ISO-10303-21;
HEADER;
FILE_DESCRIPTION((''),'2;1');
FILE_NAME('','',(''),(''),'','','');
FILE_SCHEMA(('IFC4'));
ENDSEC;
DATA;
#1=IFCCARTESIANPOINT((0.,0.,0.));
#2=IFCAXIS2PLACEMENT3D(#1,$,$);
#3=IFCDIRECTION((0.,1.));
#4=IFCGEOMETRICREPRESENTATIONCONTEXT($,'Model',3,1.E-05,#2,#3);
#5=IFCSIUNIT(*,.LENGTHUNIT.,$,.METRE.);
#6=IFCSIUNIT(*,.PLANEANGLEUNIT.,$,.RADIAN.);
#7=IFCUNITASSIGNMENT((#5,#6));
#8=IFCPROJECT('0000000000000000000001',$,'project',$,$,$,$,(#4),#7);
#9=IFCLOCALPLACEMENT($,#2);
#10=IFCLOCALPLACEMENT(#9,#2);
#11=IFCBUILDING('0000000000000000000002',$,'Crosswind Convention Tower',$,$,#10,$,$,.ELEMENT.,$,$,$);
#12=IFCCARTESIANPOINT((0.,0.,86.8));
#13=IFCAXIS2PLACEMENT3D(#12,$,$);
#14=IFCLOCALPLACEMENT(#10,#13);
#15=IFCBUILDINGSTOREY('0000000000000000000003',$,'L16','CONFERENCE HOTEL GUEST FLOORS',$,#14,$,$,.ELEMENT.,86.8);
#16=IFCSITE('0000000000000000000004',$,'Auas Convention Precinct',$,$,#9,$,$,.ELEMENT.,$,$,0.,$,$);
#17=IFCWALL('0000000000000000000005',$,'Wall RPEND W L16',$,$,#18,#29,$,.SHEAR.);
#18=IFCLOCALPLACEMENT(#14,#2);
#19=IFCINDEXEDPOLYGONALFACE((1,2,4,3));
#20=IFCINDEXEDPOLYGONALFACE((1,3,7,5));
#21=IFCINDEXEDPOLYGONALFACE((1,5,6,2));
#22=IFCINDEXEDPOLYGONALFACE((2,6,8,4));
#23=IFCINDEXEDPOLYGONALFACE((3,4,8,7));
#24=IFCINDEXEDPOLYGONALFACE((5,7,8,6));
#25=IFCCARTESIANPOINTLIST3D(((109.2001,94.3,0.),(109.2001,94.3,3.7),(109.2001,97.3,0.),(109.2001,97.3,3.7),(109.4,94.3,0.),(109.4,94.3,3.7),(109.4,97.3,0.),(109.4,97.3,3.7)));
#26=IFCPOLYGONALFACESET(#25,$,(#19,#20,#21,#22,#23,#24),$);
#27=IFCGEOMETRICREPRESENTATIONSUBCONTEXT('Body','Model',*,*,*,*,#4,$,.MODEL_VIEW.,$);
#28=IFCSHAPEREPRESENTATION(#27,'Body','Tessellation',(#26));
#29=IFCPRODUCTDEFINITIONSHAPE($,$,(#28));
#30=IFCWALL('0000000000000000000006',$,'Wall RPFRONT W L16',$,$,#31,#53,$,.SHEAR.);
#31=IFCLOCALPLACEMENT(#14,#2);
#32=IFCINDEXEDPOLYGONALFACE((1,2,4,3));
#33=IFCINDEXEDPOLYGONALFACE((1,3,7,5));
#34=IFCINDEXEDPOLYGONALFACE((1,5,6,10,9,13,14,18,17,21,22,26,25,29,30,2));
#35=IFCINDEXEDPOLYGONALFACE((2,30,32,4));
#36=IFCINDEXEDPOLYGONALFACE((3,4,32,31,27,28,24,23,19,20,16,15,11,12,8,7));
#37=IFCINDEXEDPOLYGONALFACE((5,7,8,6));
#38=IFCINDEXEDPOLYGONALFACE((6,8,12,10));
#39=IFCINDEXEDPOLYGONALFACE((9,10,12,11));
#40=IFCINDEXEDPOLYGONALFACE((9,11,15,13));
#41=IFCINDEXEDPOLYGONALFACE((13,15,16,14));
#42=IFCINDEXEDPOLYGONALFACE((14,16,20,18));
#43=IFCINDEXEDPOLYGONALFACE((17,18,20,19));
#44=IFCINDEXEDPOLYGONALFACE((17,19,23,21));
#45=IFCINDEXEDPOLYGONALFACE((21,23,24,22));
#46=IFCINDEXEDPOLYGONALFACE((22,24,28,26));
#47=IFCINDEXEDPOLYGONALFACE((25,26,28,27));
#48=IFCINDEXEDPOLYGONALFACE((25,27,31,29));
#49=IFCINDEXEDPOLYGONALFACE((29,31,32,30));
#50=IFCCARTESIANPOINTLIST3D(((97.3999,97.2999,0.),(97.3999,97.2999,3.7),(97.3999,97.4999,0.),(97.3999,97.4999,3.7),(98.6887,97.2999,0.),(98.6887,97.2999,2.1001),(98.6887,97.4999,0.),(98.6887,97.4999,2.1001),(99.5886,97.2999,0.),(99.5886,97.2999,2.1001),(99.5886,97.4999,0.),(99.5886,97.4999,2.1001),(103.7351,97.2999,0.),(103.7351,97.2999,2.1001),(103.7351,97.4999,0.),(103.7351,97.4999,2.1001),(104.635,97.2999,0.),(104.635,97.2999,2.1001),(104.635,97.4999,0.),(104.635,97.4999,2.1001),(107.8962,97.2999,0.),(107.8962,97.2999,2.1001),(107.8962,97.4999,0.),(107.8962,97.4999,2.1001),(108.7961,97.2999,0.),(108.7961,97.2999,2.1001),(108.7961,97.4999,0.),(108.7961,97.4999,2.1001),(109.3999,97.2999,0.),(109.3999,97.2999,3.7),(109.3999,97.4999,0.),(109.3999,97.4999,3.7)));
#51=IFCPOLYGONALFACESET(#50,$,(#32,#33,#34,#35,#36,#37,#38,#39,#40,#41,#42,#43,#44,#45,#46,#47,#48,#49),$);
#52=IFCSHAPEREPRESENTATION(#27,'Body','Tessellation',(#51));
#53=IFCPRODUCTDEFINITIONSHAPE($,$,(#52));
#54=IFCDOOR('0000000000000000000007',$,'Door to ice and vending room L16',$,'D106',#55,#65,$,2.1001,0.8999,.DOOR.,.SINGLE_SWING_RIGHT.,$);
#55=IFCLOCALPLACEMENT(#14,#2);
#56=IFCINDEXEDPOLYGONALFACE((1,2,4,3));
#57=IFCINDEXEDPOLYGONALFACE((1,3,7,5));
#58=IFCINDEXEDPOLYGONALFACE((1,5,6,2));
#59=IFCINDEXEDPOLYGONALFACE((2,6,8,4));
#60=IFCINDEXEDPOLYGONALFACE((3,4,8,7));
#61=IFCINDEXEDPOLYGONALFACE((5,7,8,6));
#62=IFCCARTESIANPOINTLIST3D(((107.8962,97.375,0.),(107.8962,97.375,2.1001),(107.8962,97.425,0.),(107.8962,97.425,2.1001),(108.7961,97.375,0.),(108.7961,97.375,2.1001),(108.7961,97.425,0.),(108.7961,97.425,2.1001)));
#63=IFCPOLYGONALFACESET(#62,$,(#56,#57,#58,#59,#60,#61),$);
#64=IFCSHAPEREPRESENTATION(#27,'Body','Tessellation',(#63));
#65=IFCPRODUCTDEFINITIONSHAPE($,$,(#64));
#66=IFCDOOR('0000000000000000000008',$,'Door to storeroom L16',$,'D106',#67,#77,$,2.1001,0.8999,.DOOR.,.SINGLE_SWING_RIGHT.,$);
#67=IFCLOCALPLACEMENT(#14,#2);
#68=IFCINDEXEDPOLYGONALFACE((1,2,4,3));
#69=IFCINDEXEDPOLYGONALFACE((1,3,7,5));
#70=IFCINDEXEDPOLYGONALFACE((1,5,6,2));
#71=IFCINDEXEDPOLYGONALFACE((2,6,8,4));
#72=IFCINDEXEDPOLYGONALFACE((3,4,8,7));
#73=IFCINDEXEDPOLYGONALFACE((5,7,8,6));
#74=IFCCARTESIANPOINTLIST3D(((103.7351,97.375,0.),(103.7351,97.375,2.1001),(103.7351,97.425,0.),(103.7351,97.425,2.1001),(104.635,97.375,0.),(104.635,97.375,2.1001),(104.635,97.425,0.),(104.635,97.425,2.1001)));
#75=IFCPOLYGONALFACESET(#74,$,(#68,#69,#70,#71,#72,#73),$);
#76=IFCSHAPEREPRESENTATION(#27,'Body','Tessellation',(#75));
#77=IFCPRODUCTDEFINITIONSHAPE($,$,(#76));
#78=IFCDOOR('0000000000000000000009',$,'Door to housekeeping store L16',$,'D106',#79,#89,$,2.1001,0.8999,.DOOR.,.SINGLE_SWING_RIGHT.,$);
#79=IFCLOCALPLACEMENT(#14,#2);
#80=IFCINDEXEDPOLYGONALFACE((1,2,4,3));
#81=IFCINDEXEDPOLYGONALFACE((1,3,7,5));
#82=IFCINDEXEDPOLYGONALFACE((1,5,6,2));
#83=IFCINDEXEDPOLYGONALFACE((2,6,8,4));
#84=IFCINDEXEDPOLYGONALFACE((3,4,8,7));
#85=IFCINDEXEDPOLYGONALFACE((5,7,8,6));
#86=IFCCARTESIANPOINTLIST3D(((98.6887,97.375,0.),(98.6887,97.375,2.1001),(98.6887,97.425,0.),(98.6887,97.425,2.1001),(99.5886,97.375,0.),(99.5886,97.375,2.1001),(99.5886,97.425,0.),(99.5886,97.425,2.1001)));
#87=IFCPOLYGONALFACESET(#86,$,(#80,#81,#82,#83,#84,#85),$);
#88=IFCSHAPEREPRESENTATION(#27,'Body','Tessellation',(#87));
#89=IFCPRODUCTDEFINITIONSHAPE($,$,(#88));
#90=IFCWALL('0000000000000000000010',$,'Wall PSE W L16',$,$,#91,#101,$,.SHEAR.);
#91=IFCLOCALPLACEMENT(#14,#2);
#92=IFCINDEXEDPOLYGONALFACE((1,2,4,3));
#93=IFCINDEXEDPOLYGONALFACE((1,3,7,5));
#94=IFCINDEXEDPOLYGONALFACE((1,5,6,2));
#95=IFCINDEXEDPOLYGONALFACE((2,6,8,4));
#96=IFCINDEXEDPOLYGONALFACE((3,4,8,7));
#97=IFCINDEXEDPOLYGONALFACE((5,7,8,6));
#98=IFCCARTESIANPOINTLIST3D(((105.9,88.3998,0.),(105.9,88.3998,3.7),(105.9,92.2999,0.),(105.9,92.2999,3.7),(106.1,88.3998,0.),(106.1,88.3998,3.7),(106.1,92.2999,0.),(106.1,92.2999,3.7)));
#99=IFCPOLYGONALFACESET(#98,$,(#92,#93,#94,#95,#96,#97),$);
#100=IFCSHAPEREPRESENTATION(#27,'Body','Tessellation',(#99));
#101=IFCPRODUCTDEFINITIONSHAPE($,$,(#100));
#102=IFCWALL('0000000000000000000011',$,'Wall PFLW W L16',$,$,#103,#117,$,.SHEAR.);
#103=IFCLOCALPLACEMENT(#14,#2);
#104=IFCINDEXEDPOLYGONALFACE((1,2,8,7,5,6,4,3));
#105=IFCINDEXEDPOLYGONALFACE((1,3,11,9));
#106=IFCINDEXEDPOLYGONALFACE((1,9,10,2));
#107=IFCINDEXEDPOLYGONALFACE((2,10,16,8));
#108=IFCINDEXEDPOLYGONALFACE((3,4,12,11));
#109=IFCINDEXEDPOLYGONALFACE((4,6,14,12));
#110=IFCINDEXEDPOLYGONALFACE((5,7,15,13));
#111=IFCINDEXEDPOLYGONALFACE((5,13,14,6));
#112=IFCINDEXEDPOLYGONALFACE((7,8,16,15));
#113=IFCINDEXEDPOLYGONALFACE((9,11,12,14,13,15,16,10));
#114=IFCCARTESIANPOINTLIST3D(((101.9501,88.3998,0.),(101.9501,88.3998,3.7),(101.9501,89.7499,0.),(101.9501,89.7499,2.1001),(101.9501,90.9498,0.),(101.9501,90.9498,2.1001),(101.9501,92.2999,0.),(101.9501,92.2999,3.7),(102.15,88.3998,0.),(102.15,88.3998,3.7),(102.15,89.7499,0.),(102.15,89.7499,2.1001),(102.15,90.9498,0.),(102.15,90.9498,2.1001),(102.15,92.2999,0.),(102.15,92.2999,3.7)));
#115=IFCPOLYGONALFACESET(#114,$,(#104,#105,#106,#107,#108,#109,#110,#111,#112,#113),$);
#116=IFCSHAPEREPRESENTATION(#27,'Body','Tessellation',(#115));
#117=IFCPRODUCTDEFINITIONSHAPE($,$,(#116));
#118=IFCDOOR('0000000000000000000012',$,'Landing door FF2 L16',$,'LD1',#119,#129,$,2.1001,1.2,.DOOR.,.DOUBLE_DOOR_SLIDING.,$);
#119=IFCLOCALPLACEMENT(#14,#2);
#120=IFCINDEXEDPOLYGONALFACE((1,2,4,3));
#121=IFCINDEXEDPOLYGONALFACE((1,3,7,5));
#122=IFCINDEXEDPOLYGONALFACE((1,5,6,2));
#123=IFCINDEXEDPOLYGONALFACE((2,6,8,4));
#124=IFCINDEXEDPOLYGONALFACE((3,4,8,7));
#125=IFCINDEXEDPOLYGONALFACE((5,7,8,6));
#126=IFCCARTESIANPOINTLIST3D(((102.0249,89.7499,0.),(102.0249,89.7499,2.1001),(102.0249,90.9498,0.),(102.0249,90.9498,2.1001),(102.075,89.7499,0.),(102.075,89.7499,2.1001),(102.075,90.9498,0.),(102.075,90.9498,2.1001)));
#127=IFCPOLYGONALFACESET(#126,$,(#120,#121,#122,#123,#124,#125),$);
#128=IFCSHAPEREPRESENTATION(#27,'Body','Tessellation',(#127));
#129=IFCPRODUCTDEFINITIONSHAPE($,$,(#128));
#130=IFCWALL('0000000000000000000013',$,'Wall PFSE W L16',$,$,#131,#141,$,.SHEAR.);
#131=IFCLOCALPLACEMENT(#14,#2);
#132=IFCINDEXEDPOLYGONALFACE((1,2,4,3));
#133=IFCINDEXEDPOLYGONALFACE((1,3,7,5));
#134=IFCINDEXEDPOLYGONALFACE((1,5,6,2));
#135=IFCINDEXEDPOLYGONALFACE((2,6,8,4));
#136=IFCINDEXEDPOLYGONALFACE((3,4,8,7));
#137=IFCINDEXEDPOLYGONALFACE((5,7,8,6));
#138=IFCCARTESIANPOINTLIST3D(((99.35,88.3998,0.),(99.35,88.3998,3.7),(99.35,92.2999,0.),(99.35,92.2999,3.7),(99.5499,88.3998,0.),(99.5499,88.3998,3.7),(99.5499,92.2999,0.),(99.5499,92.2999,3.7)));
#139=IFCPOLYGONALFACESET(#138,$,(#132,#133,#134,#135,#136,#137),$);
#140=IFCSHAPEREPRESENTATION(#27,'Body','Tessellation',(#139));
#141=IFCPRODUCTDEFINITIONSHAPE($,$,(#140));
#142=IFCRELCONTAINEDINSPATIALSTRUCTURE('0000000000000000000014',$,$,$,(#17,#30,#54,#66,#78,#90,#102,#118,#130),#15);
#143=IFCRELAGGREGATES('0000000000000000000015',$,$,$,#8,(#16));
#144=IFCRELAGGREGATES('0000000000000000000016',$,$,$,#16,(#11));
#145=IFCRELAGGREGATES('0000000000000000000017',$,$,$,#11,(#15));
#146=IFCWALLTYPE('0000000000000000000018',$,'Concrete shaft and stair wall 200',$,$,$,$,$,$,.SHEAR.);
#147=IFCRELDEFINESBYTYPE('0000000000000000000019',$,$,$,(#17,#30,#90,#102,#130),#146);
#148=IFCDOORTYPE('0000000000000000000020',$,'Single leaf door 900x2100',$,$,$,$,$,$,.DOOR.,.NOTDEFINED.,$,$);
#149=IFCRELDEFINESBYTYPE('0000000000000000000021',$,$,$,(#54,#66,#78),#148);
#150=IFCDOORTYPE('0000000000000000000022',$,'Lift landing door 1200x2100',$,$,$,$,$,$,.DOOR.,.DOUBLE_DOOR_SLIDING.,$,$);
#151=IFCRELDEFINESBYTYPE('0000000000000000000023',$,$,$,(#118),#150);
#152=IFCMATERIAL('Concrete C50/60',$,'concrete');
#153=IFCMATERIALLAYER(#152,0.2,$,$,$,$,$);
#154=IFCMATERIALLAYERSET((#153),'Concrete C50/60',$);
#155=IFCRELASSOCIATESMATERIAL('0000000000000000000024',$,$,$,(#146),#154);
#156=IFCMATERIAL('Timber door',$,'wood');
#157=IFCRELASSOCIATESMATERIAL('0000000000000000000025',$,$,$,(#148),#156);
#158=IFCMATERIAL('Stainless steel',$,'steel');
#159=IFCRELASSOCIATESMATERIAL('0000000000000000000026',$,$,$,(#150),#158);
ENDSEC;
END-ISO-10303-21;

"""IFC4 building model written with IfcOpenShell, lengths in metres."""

from ifc_helpers import new_model, si_unit, direction, frame, frame_2d, origin, place, context, subcontext, project, spatial, rectangle, extrude, material, layer, layer_set, type_object, element, fill, save


model = new_model("IFC4")

# Units and contexts
model_context = context("Model", 3, precision=1e-05, world=origin(), true_north=direction((0.0, 1.0)))
body_context = subcontext(model_context, "Body", "Model", "MODEL_VIEW")
ifc_project = project(units=[si_unit("LENGTHUNIT", "METRE"), si_unit("PLANEANGLEUNIT", "RADIAN")], contexts=[model_context])

# Site, building, storey
site_placement = place(None, origin())
site = spatial("IfcSite", under=ifc_project, at=site_placement, Name="Auas Convention Precinct", CompositionType="ELEMENT", RefElevation=0.0)
building_placement = place(site_placement, origin())
building = spatial("IfcBuilding", under=site, at=building_placement, Name="Crosswind Convention Tower", CompositionType="ELEMENT")
storey_placement = place(building_placement, frame((0.0, 0.0, 86.8)))
storey = spatial("IfcBuildingStorey", under=building, at=storey_placement, Name="L16", Description="CONFERENCE HOTEL GUEST FLOORS", CompositionType="ELEMENT", Elevation=86.8)

# Wall
ifc_material_1 = material(Name="Concrete C50/60", Category="concrete")
ifc_layer_1 = layer(ifc_material_1, 0.2)
ifc_layer_set_1 = layer_set([ifc_layer_1], Name="Concrete C50/60")
wall_type_1 = type_object("IfcWallType", Name="Concrete shaft and stair wall 200", PredefinedType="SHEAR", material=ifc_layer_set_1)
wall_1_placement = place(storey_placement, frame((109.3, 97.3, 0.0), z_axis=(0.0, 0.0, 1.0), x_axis=(0.0, -1.0, 0.0)))
element("IfcWall", 1, at=wall_1_placement, inside=storey, type_object=wall_type_1, Name="Wall RPEND W L16", PredefinedType="SHEAR", context=body_context, shape_type="SweptSolid", body=[
    extrude(rectangle(XDim=3.0, YDim=0.2, at=frame_2d((1.5, 0.0))), origin(), (0.0, 0.0, 1.0), 3.7),
])

# Wall, openings, doors
wall_2_placement = place(storey_placement, frame((109.3999, 97.3999, 0.0), z_axis=(0.0, 0.0, 1.0), x_axis=(-1.0, 0.0, 0.0)))
wall_2 = element("IfcWall", 2, at=wall_2_placement, inside=storey, type_object=wall_type_1, Name="Wall RPFRONT W L16", PredefinedType="SHEAR", context=body_context, shape_type="SweptSolid", body=[
    extrude(rectangle(XDim=12.0, YDim=0.2, at=frame_2d((6.0, 0.0))), origin(), (0.0, 0.0, 1.0), 3.7),
])
opening_1_placement = place(wall_2_placement, frame((0.6038, 0.0, 0.0)))
opening_1 = element("IfcOpeningElement", 3, at=opening_1_placement, cuts=wall_2, PredefinedType="OPENING", context=body_context, shape_type="SweptSolid", body=[
    extrude(rectangle(XDim=0.8999, YDim=2.1001, at=frame_2d((0.45, 1.05))), frame((0.0, 0.1099, 0.0), z_axis=(0.0, -1.0, 0.0), x_axis=(1.0, 0.0, 0.0)), (0.0, 0.0, 1.0), 0.22),
])
opening_2_placement = place(wall_2_placement, frame((4.7649, 0.0, 0.0)))
opening_2 = element("IfcOpeningElement", 4, at=opening_2_placement, cuts=wall_2, PredefinedType="OPENING", context=body_context, shape_type="SweptSolid", body=[
    extrude(rectangle(XDim=0.8999, YDim=2.1001, at=frame_2d((0.45, 1.05))), frame((0.0, 0.1099, 0.0), z_axis=(0.0, -1.0, 0.0), x_axis=(1.0, 0.0, 0.0)), (0.0, 0.0, 1.0), 0.22),
])
opening_3_placement = place(wall_2_placement, frame((9.8113, 0.0, 0.0)))
opening_3 = element("IfcOpeningElement", 5, at=opening_3_placement, cuts=wall_2, PredefinedType="OPENING", context=body_context, shape_type="SweptSolid", body=[
    extrude(rectangle(XDim=0.8999, YDim=2.1001, at=frame_2d((0.45, 1.05))), frame((0.0, 0.1099, 0.0), z_axis=(0.0, -1.0, 0.0), x_axis=(1.0, 0.0, 0.0)), (0.0, 0.0, 1.0), 0.22),
])
ifc_material_2 = material(Name="Timber door", Category="wood")
door_type_1 = type_object("IfcDoorType", Name="Single leaf door 900x2100", OperationType="NOTDEFINED", PredefinedType="DOOR", material=ifc_material_2)
door_1_placement = place(opening_1_placement, origin())
door_1 = element("IfcDoor", 6, at=door_1_placement, inside=storey, type_object=door_type_1, Name="Door to ice and vending room L16", ObjectType="D106", OperationType="SINGLE_SWING_RIGHT", OverallHeight=2.1001, OverallWidth=0.8999, PredefinedType="DOOR", context=body_context, shape_type="SweptSolid", body=[
    extrude(rectangle(XDim=0.8999, YDim=2.1001, at=frame_2d((0.45, 1.05))), frame((0.0, 0.0249, 0.0), z_axis=(0.0, -1.0, 0.0), x_axis=(1.0, 0.0, 0.0)), (0.0, 0.0, 1.0), 0.05),
])
fill(opening_1, door_1)
door_2_placement = place(opening_2_placement, origin())
door_2 = element("IfcDoor", 7, at=door_2_placement, inside=storey, type_object=door_type_1, Name="Door to storeroom L16", ObjectType="D106", OperationType="SINGLE_SWING_RIGHT", OverallHeight=2.1001, OverallWidth=0.8999, PredefinedType="DOOR", context=body_context, shape_type="SweptSolid", body=[
    extrude(rectangle(XDim=0.8999, YDim=2.1001, at=frame_2d((0.45, 1.05))), frame((0.0, 0.0249, 0.0), z_axis=(0.0, -1.0, 0.0), x_axis=(1.0, 0.0, 0.0)), (0.0, 0.0, 1.0), 0.05),
])
fill(opening_2, door_2)
door_3_placement = place(opening_3_placement, origin())
door_3 = element("IfcDoor", 8, at=door_3_placement, inside=storey, type_object=door_type_1, Name="Door to housekeeping store L16", ObjectType="D106", OperationType="SINGLE_SWING_RIGHT", OverallHeight=2.1001, OverallWidth=0.8999, PredefinedType="DOOR", context=body_context, shape_type="SweptSolid", body=[
    extrude(rectangle(XDim=0.8999, YDim=2.1001, at=frame_2d((0.45, 1.05))), frame((0.0, 0.0249, 0.0), z_axis=(0.0, -1.0, 0.0), x_axis=(1.0, 0.0, 0.0)), (0.0, 0.0, 1.0), 0.05),
])
fill(opening_3, door_3)

# Wall
wall_3_placement = place(storey_placement, frame((106.0, 92.3, 0.0), z_axis=(0.0, 0.0, 1.0), x_axis=(0.0, -1.0, 0.0)))
element("IfcWall", 9, at=wall_3_placement, inside=storey, type_object=wall_type_1, Name="Wall PSE W L16", PredefinedType="SHEAR", context=body_context, shape_type="SweptSolid", body=[
    extrude(rectangle(XDim=3.9001, YDim=0.2, at=frame_2d((1.9502, 0.0))), origin(), (0.0, 0.0, 1.0), 3.7),
])

# Wall, opening, door
wall_4_placement = place(storey_placement, frame((102.05, 92.3, 0.0), z_axis=(0.0, 0.0, 1.0), x_axis=(0.0, -1.0, 0.0)))
wall_4 = element("IfcWall", 10, at=wall_4_placement, inside=storey, type_object=wall_type_1, Name="Wall PFLW W L16", PredefinedType="SHEAR", context=body_context, shape_type="SweptSolid", body=[
    extrude(rectangle(XDim=3.9001, YDim=0.2, at=frame_2d((1.9502, 0.0))), origin(), (0.0, 0.0, 1.0), 3.7),
])
opening_4_placement = place(wall_4_placement, frame((1.3501, 0.0, 0.0)))
opening_4 = element("IfcOpeningElement", 11, at=opening_4_placement, cuts=wall_4, PredefinedType="OPENING", context=body_context, shape_type="SweptSolid", body=[
    extrude(rectangle(XDim=1.2, YDim=2.1001, at=frame_2d((0.6001, 1.05))), frame((0.0, 0.1099, 0.0), z_axis=(0.0, -1.0, 0.0), x_axis=(1.0, 0.0, 0.0)), (0.0, 0.0, 1.0), 0.22),
])
ifc_material_3 = material(Name="Stainless steel", Category="steel")
door_type_2 = type_object("IfcDoorType", Name="Lift landing door 1200x2100", OperationType="DOUBLE_DOOR_SLIDING", PredefinedType="DOOR", material=ifc_material_3)
door_4_placement = place(opening_4_placement, origin())
door_4 = element("IfcDoor", 12, at=door_4_placement, inside=storey, type_object=door_type_2, Name="Landing door FF2 L16", ObjectType="LD1", OperationType="DOUBLE_DOOR_SLIDING", OverallHeight=2.1001, OverallWidth=1.2, PredefinedType="DOOR", context=body_context, shape_type="SweptSolid", body=[
    extrude(rectangle(XDim=1.2, YDim=2.1001, at=frame_2d((0.6001, 1.05))), frame((0.0, 0.0249, 0.0), z_axis=(0.0, -1.0, 0.0), x_axis=(1.0, 0.0, 0.0)), (0.0, 0.0, 1.0), 0.05),
])
fill(opening_4, door_4)

# Wall
wall_5_placement = place(storey_placement, frame((99.45, 92.3, 0.0), z_axis=(0.0, 0.0, 1.0), x_axis=(0.0, -1.0, 0.0)))
element("IfcWall", 13, at=wall_5_placement, inside=storey, type_object=wall_type_1, Name="Wall PFSE W L16", PredefinedType="SHEAR", context=body_context, shape_type="SweptSolid", body=[
    extrude(rectangle(XDim=3.9001, YDim=0.2, at=frame_2d((1.9502, 0.0))), origin(), (0.0, 0.0, 1.0), 3.7),
])

save(model, "model.ifc")
